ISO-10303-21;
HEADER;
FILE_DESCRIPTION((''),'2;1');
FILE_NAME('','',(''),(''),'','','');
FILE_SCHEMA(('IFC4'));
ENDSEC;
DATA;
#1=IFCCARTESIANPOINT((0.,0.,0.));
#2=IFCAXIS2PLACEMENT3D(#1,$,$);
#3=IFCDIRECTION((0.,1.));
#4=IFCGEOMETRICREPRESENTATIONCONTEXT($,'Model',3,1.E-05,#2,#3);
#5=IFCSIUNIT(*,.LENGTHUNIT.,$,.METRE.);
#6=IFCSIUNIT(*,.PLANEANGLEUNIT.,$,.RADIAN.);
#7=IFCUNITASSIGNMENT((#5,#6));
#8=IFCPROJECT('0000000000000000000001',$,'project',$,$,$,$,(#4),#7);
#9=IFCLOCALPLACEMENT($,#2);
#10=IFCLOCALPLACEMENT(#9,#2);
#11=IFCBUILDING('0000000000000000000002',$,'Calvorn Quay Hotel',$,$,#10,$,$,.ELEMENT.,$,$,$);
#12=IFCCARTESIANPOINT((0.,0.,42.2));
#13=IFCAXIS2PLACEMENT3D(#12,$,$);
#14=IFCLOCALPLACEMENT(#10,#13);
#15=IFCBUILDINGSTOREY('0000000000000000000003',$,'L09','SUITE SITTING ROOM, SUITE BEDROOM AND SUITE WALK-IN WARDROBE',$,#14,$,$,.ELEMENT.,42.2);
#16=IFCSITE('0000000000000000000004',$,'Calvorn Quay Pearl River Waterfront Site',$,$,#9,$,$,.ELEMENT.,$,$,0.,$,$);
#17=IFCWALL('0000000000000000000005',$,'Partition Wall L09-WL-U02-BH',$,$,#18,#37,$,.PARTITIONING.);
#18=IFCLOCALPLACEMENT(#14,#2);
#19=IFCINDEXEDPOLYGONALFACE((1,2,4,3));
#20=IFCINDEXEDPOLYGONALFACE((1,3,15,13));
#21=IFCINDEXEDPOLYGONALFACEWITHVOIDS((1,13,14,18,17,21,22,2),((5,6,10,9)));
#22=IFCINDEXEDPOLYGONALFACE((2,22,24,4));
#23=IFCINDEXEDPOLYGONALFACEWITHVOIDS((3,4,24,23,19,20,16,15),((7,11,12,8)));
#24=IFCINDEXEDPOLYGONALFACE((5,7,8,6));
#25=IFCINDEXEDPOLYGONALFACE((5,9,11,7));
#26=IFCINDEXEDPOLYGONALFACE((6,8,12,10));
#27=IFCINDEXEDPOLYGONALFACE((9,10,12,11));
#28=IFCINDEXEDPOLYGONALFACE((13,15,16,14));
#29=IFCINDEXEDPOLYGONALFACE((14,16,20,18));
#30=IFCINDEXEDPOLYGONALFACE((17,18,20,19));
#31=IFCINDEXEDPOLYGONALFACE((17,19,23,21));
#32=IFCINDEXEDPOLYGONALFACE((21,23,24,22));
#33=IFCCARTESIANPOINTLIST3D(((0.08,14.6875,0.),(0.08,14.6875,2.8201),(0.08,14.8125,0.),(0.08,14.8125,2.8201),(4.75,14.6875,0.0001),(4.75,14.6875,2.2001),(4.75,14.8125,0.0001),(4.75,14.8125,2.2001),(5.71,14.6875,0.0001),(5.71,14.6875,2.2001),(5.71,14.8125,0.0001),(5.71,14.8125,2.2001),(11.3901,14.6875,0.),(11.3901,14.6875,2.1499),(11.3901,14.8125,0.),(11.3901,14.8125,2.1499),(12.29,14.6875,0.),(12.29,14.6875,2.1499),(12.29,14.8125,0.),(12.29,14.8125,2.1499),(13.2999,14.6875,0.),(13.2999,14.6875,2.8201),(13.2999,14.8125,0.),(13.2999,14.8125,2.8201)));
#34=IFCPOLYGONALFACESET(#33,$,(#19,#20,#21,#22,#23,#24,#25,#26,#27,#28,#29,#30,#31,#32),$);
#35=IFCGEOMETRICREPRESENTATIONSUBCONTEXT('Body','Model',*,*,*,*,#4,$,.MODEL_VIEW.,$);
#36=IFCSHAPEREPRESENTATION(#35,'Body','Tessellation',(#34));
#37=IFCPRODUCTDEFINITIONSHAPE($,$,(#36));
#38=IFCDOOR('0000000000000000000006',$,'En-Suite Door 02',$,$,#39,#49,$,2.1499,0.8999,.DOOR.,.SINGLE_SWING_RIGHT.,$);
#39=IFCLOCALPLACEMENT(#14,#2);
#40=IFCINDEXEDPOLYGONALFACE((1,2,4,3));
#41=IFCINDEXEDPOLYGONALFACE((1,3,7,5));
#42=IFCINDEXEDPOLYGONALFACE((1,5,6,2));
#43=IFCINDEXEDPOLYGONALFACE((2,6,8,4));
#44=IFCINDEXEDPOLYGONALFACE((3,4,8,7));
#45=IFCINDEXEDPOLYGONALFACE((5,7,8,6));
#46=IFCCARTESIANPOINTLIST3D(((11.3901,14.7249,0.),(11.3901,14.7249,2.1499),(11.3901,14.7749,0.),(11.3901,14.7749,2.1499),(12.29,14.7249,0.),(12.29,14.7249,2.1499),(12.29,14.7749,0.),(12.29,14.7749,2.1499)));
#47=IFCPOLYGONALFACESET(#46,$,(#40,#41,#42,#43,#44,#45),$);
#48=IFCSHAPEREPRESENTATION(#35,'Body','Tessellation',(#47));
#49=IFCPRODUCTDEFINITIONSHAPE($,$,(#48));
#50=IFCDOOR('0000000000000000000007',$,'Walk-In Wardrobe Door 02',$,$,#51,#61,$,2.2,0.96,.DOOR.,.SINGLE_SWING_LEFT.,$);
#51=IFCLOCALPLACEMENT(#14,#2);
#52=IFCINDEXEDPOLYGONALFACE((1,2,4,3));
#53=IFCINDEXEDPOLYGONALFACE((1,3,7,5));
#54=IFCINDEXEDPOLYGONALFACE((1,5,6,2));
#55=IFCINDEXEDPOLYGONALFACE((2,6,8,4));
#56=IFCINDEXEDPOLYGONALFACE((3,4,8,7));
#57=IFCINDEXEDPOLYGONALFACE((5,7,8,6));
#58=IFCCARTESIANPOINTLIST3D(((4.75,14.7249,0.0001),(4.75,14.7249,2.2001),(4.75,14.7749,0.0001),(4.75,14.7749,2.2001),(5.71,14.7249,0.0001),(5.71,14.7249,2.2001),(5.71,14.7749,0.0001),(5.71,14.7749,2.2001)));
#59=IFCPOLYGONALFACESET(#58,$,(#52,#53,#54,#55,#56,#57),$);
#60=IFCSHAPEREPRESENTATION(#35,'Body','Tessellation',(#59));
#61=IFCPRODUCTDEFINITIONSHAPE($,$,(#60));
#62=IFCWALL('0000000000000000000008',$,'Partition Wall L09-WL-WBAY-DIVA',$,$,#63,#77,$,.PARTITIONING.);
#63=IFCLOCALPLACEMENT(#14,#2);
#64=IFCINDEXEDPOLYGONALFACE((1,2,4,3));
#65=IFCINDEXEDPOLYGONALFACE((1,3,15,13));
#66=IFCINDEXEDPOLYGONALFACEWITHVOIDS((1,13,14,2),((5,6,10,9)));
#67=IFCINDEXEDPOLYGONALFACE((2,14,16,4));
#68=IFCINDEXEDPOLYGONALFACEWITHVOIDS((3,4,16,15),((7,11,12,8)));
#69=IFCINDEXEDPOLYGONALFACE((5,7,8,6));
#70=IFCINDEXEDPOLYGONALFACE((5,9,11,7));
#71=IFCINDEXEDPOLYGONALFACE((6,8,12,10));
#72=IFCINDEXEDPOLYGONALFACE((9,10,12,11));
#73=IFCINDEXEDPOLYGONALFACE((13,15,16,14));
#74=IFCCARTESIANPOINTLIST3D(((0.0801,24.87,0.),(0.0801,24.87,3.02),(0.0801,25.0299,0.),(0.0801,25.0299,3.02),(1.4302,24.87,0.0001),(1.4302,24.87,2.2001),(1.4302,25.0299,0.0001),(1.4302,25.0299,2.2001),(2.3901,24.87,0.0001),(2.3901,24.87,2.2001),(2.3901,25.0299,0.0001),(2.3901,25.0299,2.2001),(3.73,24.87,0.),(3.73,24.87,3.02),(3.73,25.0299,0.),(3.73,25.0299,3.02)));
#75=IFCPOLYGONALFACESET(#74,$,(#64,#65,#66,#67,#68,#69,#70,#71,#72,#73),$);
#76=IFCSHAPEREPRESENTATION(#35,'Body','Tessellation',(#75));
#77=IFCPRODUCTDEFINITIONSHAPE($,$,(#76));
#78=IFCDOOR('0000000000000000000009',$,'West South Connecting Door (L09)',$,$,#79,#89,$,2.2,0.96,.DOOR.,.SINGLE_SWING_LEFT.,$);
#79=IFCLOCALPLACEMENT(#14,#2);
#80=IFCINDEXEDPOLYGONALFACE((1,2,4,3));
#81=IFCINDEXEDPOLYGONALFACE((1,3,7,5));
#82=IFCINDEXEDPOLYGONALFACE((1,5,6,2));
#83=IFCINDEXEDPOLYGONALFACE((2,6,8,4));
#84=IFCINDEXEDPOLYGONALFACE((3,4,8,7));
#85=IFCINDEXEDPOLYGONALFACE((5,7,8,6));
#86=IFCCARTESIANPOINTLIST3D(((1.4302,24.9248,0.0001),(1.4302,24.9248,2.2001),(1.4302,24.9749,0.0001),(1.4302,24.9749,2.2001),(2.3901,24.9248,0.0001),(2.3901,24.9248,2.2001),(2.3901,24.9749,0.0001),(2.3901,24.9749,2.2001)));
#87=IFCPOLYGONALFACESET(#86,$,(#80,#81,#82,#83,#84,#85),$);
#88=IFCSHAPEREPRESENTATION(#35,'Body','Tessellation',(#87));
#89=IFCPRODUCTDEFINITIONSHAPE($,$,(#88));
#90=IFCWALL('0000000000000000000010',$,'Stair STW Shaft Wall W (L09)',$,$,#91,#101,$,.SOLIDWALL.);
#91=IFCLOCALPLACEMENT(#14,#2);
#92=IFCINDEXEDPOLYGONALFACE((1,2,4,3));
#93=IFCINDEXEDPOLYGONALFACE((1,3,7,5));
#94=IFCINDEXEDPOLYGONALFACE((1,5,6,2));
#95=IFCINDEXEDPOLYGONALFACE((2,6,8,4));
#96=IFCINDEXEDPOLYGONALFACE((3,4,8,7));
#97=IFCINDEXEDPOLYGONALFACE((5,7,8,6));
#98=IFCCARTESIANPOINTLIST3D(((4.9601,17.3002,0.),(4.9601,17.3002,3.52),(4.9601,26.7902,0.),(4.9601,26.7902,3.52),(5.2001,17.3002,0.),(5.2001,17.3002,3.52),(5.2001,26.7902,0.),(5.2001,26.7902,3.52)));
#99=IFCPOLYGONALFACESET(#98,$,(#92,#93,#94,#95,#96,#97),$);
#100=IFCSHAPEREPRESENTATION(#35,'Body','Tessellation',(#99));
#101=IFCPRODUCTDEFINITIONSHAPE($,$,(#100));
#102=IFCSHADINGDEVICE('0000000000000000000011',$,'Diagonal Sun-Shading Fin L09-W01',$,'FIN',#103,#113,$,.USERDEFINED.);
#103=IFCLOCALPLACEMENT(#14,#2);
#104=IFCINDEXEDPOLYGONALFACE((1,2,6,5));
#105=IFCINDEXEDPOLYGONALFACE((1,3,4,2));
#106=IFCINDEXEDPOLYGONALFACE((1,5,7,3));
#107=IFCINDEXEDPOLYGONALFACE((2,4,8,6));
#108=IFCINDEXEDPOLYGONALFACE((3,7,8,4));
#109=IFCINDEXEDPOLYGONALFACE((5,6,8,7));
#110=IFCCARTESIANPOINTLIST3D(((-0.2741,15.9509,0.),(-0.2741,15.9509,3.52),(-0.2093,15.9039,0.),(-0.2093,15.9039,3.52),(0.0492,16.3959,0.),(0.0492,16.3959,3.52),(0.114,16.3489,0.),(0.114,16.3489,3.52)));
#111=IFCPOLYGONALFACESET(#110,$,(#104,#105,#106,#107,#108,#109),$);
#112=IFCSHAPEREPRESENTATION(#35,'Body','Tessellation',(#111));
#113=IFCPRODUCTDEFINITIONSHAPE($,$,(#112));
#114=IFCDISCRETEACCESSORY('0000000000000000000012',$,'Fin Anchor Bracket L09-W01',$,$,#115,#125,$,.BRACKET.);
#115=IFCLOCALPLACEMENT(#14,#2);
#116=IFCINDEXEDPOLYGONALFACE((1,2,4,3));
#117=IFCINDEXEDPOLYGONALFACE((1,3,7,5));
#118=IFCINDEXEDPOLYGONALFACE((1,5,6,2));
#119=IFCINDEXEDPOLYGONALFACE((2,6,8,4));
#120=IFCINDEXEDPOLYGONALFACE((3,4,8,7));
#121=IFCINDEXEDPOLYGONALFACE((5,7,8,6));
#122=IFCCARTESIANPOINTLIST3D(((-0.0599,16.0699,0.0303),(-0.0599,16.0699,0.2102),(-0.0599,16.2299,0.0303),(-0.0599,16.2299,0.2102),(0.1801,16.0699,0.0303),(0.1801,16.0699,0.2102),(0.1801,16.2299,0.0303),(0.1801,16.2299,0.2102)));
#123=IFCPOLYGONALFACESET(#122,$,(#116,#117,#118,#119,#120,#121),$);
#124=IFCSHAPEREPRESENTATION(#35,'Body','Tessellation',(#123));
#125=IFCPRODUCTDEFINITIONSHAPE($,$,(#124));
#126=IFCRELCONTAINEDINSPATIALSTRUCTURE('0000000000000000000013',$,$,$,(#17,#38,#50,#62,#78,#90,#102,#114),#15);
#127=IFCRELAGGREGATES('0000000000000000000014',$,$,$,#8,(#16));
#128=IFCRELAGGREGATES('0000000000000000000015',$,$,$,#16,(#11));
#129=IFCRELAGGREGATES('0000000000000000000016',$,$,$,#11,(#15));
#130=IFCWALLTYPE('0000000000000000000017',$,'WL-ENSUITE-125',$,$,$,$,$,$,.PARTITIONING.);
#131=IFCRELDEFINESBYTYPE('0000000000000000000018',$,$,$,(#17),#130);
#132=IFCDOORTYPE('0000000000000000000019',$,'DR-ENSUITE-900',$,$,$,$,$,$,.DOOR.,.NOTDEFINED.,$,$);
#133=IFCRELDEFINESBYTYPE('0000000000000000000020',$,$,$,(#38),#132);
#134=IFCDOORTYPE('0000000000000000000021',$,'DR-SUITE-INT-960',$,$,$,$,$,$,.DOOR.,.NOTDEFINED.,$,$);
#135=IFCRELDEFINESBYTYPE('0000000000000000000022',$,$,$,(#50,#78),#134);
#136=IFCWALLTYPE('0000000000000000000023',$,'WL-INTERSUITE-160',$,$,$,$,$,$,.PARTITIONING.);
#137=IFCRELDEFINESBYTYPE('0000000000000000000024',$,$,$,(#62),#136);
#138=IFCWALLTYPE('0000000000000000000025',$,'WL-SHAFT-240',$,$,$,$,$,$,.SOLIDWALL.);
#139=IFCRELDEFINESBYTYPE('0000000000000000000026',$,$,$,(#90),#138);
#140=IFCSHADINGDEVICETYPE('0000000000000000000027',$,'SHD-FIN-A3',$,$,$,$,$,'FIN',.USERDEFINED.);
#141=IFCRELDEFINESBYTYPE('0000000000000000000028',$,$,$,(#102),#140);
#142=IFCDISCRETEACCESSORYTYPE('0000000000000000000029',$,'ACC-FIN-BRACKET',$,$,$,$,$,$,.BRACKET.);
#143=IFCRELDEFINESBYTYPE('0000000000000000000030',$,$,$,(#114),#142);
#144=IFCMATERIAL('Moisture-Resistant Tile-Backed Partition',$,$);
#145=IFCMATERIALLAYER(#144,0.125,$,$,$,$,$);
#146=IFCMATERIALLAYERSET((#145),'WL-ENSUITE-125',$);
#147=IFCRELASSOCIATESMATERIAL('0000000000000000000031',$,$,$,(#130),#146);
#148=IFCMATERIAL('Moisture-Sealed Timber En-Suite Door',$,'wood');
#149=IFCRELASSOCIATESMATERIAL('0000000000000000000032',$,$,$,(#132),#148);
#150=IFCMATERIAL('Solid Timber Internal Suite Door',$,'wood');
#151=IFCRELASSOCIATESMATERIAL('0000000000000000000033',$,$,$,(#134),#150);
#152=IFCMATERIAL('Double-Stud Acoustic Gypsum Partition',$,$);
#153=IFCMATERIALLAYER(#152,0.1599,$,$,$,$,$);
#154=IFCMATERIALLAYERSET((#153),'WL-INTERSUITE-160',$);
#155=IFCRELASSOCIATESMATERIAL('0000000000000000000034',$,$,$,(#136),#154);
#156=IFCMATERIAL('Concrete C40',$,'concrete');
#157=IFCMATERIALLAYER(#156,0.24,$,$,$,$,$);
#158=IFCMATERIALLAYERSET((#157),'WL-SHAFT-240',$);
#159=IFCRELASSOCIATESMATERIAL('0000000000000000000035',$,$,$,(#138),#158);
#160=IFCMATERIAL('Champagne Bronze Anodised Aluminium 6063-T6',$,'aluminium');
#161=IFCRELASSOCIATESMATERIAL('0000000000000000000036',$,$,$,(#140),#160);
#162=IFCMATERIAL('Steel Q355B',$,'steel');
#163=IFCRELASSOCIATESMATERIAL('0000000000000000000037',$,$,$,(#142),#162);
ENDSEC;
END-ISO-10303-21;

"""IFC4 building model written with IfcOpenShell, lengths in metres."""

from ifc_helpers import new_model, si_unit, direction, frame, frame_2d, origin, origin_2d, place, context, subcontext, project, spatial, rectangle, extrude, material, layer, layer_set, type_object, element, fill, save


model = new_model("IFC4")

# Units and contexts
model_context = context("Model", 3, precision=1e-05, world=origin(), true_north=direction((0.0, 1.0)))
body_context = subcontext(model_context, "Body", "Model", "MODEL_VIEW")
ifc_project = project(units=[si_unit("LENGTHUNIT", "METRE"), si_unit("PLANEANGLEUNIT", "RADIAN")], contexts=[model_context])

# Site, building, storey
site_placement = place(None, origin())
site = spatial("IfcSite", under=ifc_project, at=site_placement, Name="Calvorn Quay Pearl River Waterfront Site", CompositionType="ELEMENT", RefElevation=0.0)
building_placement = place(site_placement, origin())
building = spatial("IfcBuilding", under=site, at=building_placement, Name="Calvorn Quay Hotel", CompositionType="ELEMENT")
storey_placement = place(building_placement, frame((0.0, 0.0, 42.2)))
storey = spatial("IfcBuildingStorey", under=building, at=storey_placement, Name="L09", Description="SUITE SITTING ROOM, SUITE BEDROOM AND SUITE WALK-IN WARDROBE", CompositionType="ELEMENT", Elevation=42.2)

# Wall, openings, doors
ifc_material_1 = material(Name="Moisture-Resistant Tile-Backed Partition")
ifc_layer_1 = layer(ifc_material_1, 0.125)
ifc_layer_set_1 = layer_set([ifc_layer_1], Name="WL-ENSUITE-125")
wall_type_1 = type_object("IfcWallType", Name="WL-ENSUITE-125", PredefinedType="PARTITIONING", material=ifc_layer_set_1)
wall_1_placement = place(storey_placement, frame((0.0801, 14.75, 0.0), z_axis=(0.0, 0.0, 1.0), x_axis=(1.0, 0.0, 0.0)))
wall_1 = element("IfcWall", 1, at=wall_1_placement, inside=storey, type_object=wall_type_1, Name="Partition Wall L09-WL-U02-BH", PredefinedType="PARTITIONING", context=body_context, shape_type="SweptSolid", body=[
    extrude(rectangle(XDim=13.22, YDim=0.125, at=frame_2d((6.6099, 0.0))), origin(), (0.0, 0.0, 1.0), 2.8201),
])
opening_1_placement = place(wall_1_placement, frame((4.6699, 0.0, 0.0)))
opening_1 = element("IfcOpeningElement", 2, at=opening_1_placement, cuts=wall_1, PredefinedType="OPENING", context=body_context, shape_type="SweptSolid", body=[
    extrude(rectangle(XDim=0.96, YDim=2.2, at=frame_2d((0.48, 1.1001))), frame((0.0, 0.0725, 0.0), z_axis=(0.0, -1.0, 0.0), x_axis=(1.0, 0.0, 0.0)), (0.0, 0.0, 1.0), 0.145),
])
opening_2_placement = place(wall_1_placement, frame((11.3101, 0.0, 0.0)))
opening_2 = element("IfcOpeningElement", 3, at=opening_2_placement, cuts=wall_1, PredefinedType="OPENING", context=body_context, shape_type="SweptSolid", body=[
    extrude(rectangle(XDim=0.8999, YDim=2.1499, at=frame_2d((0.45, 1.075))), frame((0.0, 0.0725, 0.0), z_axis=(0.0, -1.0, 0.0), x_axis=(1.0, 0.0, 0.0)), (0.0, 0.0, 1.0), 0.145),
])
ifc_material_2 = material(Name="Moisture-Sealed Timber En-Suite Door", Category="wood")
door_type_1 = type_object("IfcDoorType", Name="DR-ENSUITE-900", OperationType="NOTDEFINED", PredefinedType="DOOR", material=ifc_material_2)
door_1_placement = place(opening_2_placement, origin())
door_1 = element("IfcDoor", 4, at=door_1_placement, inside=storey, type_object=door_type_1, Name="En-Suite Door 02", OperationType="SINGLE_SWING_RIGHT", OverallHeight=2.1499, OverallWidth=0.8999, PredefinedType="DOOR", context=body_context, shape_type="SweptSolid", body=[
    extrude(rectangle(XDim=0.8999, YDim=2.1499, at=frame_2d((0.45, 1.075))), frame((0.0, 0.0249, 0.0), z_axis=(0.0, -1.0, 0.0), x_axis=(1.0, 0.0, 0.0)), (0.0, 0.0, 1.0), 0.05),
])
fill(opening_2, door_1)
ifc_material_3 = material(Name="Solid Timber Internal Suite Door", Category="wood")
door_type_2 = type_object("IfcDoorType", Name="DR-SUITE-INT-960", OperationType="NOTDEFINED", PredefinedType="DOOR", material=ifc_material_3)
door_2_placement = place(opening_1_placement, origin())
door_2 = element("IfcDoor", 5, at=door_2_placement, inside=storey, type_object=door_type_2, Name="Walk-In Wardrobe Door 02", OperationType="SINGLE_SWING_LEFT", OverallHeight=2.2, OverallWidth=0.96, PredefinedType="DOOR", context=body_context, shape_type="SweptSolid", body=[
    extrude(rectangle(XDim=0.96, YDim=2.2, at=frame_2d((0.48, 1.1001))), frame((0.0, 0.0249, 0.0), z_axis=(0.0, -1.0, 0.0), x_axis=(1.0, 0.0, 0.0)), (0.0, 0.0, 1.0), 0.05),
])
fill(opening_1, door_2)

# Wall, opening, door
ifc_material_4 = material(Name="Double-Stud Acoustic Gypsum Partition")
ifc_layer_2 = layer(ifc_material_4, 0.1599)
ifc_layer_set_2 = layer_set([ifc_layer_2], Name="WL-INTERSUITE-160")
wall_type_2 = type_object("IfcWallType", Name="WL-INTERSUITE-160", PredefinedType="PARTITIONING", material=ifc_layer_set_2)
wall_2_placement = place(storey_placement, frame((0.0801, 24.95, 0.0), z_axis=(0.0, 0.0, 1.0), x_axis=(1.0, 0.0, 0.0)))
wall_2 = element("IfcWall", 6, at=wall_2_placement, inside=storey, type_object=wall_type_2, Name="Partition Wall L09-WL-WBAY-DIVA", PredefinedType="PARTITIONING", context=body_context, shape_type="SweptSolid", body=[
    extrude(rectangle(XDim=3.6499, YDim=0.1599, at=frame_2d((1.825, 0.0))), origin(), (0.0, 0.0, 1.0), 3.02),
])
opening_3_placement = place(wall_2_placement, frame((1.3501, 0.0, 0.0)))
opening_3 = element("IfcOpeningElement", 7, at=opening_3_placement, cuts=wall_2, PredefinedType="OPENING", context=body_context, shape_type="SweptSolid", body=[
    extrude(rectangle(XDim=0.96, YDim=2.2, at=frame_2d((0.48, 1.1001))), frame((0.0, 0.0898, 0.0), z_axis=(0.0, -1.0, 0.0), x_axis=(1.0, 0.0, 0.0)), (0.0, 0.0, 1.0), 0.1799),
])
door_3_placement = place(opening_3_placement, origin())
door_3 = element("IfcDoor", 8, at=door_3_placement, inside=storey, type_object=door_type_2, Name="West South Connecting Door (L09)", OperationType="SINGLE_SWING_LEFT", OverallHeight=2.2, OverallWidth=0.96, PredefinedType="DOOR", context=body_context, shape_type="SweptSolid", body=[
    extrude(rectangle(XDim=0.96, YDim=2.2, at=frame_2d((0.48, 1.1001))), frame((0.0, 0.0249, 0.0), z_axis=(0.0, -1.0, 0.0), x_axis=(1.0, 0.0, 0.0)), (0.0, 0.0, 1.0), 0.05),
])
fill(opening_3, door_3)

# Wall
ifc_material_5 = material(Name="Concrete C40", Category="concrete")
ifc_layer_3 = layer(ifc_material_5, 0.24)
ifc_layer_set_3 = layer_set([ifc_layer_3], Name="WL-SHAFT-240")
wall_type_3 = type_object("IfcWallType", Name="WL-SHAFT-240", PredefinedType="SOLIDWALL", material=ifc_layer_set_3)
wall_3_placement = place(storey_placement, frame((5.0801, 17.3, 0.0), z_axis=(0.0, 0.0, 1.0), x_axis=(0.0, 1.0, 0.0)))
element("IfcWall", 9, at=wall_3_placement, inside=storey, type_object=wall_type_3, Name="Stair STW Shaft Wall W (L09)", PredefinedType="SOLIDWALL", context=body_context, shape_type="SweptSolid", body=[
    extrude(rectangle(XDim=9.49, YDim=0.24, at=frame_2d((4.7451, 0.0))), origin(), (0.0, 0.0, 1.0), 3.52),
])

# Shading device
ifc_material_6 = material(Name="Champagne Bronze Anodised Aluminium 6063-T6", Category="aluminium")
shading_device_type = type_object("IfcShadingDeviceType", Name="SHD-FIN-A3", ElementType="FIN", PredefinedType="USERDEFINED", material=ifc_material_6)
shading_device_placement = place(storey_placement, frame((-0.0801, 16.1499, 0.0), z_axis=(0.0, 0.0, 1.0), x_axis=(0.587785, 0.809017, 0.0)))
element("IfcShadingDevice", 10, at=shading_device_placement, inside=storey, type_object=shading_device_type, Name="Diagonal Sun-Shading Fin L09-W01", ObjectType="FIN", PredefinedType="USERDEFINED", context=body_context, shape_type="SweptSolid", body=[
    extrude(rectangle(XDim=0.55, YDim=0.0801, at=origin_2d()), origin(), (0.0, 0.0, 1.0), 3.52),
])

# Discrete accessory
ifc_material_7 = material(Name="Steel Q355B", Category="steel")
discrete_accessory_type = type_object("IfcDiscreteAccessoryType", Name="ACC-FIN-BRACKET", PredefinedType="BRACKET", material=ifc_material_7)
discrete_accessory_placement = place(storey_placement, frame((0.0601, 16.1499, 0.0303), z_axis=(0.0, 0.0, 1.0), x_axis=(1.0, 0.0, 0.0)))
element("IfcDiscreteAccessory", 11, at=discrete_accessory_placement, inside=storey, type_object=discrete_accessory_type, Name="Fin Anchor Bracket L09-W01", PredefinedType="BRACKET", context=body_context, shape_type="SweptSolid", body=[
    extrude(rectangle(XDim=0.24, YDim=0.1599, at=origin_2d()), origin(), (0.0, 0.0, 1.0), 0.1799),
])

save(model, "model.ifc")
